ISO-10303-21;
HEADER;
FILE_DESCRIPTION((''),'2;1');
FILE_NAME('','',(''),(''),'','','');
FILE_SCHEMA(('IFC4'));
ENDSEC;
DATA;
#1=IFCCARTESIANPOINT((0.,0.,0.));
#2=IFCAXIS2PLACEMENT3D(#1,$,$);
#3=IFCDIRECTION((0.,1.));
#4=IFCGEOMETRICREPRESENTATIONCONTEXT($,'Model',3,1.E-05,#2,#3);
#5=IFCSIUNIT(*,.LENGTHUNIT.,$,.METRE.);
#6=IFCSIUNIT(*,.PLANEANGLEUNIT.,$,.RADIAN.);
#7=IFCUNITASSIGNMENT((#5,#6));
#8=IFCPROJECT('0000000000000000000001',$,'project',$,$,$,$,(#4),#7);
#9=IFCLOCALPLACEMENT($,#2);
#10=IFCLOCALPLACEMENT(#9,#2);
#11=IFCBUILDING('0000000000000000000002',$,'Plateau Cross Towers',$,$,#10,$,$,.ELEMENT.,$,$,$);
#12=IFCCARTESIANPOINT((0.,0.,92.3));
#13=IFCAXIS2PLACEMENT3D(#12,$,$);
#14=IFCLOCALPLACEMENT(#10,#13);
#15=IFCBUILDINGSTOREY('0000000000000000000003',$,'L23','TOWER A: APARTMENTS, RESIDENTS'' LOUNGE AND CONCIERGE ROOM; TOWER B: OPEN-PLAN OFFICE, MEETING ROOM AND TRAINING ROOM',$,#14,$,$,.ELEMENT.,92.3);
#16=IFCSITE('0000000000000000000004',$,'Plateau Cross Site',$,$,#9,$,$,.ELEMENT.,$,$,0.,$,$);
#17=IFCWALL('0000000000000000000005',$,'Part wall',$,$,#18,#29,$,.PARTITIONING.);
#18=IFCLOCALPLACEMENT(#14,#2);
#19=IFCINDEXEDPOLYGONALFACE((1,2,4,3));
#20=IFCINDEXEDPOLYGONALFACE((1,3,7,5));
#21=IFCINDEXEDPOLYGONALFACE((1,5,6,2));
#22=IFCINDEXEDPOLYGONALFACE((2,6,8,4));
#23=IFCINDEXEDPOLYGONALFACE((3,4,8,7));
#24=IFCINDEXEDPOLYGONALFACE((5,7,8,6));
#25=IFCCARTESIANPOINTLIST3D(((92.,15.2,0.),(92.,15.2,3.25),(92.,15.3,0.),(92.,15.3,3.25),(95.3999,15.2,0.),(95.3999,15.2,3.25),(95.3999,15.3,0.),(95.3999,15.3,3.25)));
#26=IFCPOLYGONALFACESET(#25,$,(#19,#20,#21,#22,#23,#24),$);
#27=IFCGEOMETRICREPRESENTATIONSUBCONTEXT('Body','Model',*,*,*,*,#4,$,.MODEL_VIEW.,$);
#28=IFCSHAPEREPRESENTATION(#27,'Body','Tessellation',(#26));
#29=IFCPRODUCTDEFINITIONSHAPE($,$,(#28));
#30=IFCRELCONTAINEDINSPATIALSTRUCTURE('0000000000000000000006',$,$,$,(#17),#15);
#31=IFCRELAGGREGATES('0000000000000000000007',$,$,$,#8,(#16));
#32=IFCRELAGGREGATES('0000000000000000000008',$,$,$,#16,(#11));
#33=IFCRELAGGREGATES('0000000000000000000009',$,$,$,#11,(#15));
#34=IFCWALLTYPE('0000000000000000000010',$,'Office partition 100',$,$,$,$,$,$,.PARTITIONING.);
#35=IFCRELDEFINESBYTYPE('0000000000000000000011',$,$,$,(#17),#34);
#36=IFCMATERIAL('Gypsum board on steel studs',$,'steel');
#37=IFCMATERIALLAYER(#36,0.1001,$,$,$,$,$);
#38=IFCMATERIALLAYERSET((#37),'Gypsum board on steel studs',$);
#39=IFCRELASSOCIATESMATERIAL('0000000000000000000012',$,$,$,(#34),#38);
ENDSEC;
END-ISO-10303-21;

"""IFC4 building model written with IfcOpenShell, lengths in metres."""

from ifc_helpers import new_model, si_unit, direction, frame, frame_2d, origin, place, context, subcontext, project, spatial, rectangle, extrude, material, layer, layer_set, type_object, element, save


model = new_model("IFC4")

# Units and contexts
model_context = context("Model", 3, precision=1e-05, world=origin(), true_north=direction((0.0, 1.0)))
body_context = subcontext(model_context, "Body", "Model", "MODEL_VIEW")
ifc_project = project(units=[si_unit("LENGTHUNIT", "METRE"), si_unit("PLANEANGLEUNIT", "RADIAN")], contexts=[model_context])

# Site, building, storey
site_placement = place(None, origin())
site = spatial("IfcSite", under=ifc_project, at=site_placement, Name="Plateau Cross Site", CompositionType="ELEMENT", RefElevation=0.0)
building_placement = place(site_placement, origin())
building = spatial("IfcBuilding", under=site, at=building_placement, Name="Plateau Cross Towers", CompositionType="ELEMENT")
storey_placement = place(building_placement, frame((0.0, 0.0, 92.3)))
storey = spatial("IfcBuildingStorey", under=building, at=storey_placement, Name="L23", Description="TOWER A: APARTMENTS, RESIDENTS' LOUNGE AND CONCIERGE ROOM; TOWER B: OPEN-PLAN OFFICE, MEETING ROOM AND TRAINING ROOM", CompositionType="ELEMENT", Elevation=92.3)

# Wall
ifc_material_1 = material(Name="Gypsum board on steel studs", Category="steel")
ifc_layer_1 = layer(ifc_material_1, 0.1001)
ifc_layer_set_1 = layer_set([ifc_layer_1], Name="Gypsum board on steel studs")
wall_type_1 = type_object("IfcWallType", Name="Office partition 100", PredefinedType="PARTITIONING", material=ifc_layer_set_1)
wall_1_placement = place(storey_placement, frame((92.0, 15.25, 0.0), z_axis=(0.0, 0.0, 1.0), x_axis=(1.0, 0.0, 0.0)))
element("IfcWall", 1, at=wall_1_placement, inside=storey, type_object=wall_type_1, Name="Part wall", PredefinedType="PARTITIONING", context=body_context, shape_type="SweptSolid", body=[
    extrude(rectangle(XDim=3.3999, YDim=0.1001, at=frame_2d((1.7, 0.0))), origin(), (0.0, 0.0, 1.0), 3.25),
])

save(model, "model.ifc")
